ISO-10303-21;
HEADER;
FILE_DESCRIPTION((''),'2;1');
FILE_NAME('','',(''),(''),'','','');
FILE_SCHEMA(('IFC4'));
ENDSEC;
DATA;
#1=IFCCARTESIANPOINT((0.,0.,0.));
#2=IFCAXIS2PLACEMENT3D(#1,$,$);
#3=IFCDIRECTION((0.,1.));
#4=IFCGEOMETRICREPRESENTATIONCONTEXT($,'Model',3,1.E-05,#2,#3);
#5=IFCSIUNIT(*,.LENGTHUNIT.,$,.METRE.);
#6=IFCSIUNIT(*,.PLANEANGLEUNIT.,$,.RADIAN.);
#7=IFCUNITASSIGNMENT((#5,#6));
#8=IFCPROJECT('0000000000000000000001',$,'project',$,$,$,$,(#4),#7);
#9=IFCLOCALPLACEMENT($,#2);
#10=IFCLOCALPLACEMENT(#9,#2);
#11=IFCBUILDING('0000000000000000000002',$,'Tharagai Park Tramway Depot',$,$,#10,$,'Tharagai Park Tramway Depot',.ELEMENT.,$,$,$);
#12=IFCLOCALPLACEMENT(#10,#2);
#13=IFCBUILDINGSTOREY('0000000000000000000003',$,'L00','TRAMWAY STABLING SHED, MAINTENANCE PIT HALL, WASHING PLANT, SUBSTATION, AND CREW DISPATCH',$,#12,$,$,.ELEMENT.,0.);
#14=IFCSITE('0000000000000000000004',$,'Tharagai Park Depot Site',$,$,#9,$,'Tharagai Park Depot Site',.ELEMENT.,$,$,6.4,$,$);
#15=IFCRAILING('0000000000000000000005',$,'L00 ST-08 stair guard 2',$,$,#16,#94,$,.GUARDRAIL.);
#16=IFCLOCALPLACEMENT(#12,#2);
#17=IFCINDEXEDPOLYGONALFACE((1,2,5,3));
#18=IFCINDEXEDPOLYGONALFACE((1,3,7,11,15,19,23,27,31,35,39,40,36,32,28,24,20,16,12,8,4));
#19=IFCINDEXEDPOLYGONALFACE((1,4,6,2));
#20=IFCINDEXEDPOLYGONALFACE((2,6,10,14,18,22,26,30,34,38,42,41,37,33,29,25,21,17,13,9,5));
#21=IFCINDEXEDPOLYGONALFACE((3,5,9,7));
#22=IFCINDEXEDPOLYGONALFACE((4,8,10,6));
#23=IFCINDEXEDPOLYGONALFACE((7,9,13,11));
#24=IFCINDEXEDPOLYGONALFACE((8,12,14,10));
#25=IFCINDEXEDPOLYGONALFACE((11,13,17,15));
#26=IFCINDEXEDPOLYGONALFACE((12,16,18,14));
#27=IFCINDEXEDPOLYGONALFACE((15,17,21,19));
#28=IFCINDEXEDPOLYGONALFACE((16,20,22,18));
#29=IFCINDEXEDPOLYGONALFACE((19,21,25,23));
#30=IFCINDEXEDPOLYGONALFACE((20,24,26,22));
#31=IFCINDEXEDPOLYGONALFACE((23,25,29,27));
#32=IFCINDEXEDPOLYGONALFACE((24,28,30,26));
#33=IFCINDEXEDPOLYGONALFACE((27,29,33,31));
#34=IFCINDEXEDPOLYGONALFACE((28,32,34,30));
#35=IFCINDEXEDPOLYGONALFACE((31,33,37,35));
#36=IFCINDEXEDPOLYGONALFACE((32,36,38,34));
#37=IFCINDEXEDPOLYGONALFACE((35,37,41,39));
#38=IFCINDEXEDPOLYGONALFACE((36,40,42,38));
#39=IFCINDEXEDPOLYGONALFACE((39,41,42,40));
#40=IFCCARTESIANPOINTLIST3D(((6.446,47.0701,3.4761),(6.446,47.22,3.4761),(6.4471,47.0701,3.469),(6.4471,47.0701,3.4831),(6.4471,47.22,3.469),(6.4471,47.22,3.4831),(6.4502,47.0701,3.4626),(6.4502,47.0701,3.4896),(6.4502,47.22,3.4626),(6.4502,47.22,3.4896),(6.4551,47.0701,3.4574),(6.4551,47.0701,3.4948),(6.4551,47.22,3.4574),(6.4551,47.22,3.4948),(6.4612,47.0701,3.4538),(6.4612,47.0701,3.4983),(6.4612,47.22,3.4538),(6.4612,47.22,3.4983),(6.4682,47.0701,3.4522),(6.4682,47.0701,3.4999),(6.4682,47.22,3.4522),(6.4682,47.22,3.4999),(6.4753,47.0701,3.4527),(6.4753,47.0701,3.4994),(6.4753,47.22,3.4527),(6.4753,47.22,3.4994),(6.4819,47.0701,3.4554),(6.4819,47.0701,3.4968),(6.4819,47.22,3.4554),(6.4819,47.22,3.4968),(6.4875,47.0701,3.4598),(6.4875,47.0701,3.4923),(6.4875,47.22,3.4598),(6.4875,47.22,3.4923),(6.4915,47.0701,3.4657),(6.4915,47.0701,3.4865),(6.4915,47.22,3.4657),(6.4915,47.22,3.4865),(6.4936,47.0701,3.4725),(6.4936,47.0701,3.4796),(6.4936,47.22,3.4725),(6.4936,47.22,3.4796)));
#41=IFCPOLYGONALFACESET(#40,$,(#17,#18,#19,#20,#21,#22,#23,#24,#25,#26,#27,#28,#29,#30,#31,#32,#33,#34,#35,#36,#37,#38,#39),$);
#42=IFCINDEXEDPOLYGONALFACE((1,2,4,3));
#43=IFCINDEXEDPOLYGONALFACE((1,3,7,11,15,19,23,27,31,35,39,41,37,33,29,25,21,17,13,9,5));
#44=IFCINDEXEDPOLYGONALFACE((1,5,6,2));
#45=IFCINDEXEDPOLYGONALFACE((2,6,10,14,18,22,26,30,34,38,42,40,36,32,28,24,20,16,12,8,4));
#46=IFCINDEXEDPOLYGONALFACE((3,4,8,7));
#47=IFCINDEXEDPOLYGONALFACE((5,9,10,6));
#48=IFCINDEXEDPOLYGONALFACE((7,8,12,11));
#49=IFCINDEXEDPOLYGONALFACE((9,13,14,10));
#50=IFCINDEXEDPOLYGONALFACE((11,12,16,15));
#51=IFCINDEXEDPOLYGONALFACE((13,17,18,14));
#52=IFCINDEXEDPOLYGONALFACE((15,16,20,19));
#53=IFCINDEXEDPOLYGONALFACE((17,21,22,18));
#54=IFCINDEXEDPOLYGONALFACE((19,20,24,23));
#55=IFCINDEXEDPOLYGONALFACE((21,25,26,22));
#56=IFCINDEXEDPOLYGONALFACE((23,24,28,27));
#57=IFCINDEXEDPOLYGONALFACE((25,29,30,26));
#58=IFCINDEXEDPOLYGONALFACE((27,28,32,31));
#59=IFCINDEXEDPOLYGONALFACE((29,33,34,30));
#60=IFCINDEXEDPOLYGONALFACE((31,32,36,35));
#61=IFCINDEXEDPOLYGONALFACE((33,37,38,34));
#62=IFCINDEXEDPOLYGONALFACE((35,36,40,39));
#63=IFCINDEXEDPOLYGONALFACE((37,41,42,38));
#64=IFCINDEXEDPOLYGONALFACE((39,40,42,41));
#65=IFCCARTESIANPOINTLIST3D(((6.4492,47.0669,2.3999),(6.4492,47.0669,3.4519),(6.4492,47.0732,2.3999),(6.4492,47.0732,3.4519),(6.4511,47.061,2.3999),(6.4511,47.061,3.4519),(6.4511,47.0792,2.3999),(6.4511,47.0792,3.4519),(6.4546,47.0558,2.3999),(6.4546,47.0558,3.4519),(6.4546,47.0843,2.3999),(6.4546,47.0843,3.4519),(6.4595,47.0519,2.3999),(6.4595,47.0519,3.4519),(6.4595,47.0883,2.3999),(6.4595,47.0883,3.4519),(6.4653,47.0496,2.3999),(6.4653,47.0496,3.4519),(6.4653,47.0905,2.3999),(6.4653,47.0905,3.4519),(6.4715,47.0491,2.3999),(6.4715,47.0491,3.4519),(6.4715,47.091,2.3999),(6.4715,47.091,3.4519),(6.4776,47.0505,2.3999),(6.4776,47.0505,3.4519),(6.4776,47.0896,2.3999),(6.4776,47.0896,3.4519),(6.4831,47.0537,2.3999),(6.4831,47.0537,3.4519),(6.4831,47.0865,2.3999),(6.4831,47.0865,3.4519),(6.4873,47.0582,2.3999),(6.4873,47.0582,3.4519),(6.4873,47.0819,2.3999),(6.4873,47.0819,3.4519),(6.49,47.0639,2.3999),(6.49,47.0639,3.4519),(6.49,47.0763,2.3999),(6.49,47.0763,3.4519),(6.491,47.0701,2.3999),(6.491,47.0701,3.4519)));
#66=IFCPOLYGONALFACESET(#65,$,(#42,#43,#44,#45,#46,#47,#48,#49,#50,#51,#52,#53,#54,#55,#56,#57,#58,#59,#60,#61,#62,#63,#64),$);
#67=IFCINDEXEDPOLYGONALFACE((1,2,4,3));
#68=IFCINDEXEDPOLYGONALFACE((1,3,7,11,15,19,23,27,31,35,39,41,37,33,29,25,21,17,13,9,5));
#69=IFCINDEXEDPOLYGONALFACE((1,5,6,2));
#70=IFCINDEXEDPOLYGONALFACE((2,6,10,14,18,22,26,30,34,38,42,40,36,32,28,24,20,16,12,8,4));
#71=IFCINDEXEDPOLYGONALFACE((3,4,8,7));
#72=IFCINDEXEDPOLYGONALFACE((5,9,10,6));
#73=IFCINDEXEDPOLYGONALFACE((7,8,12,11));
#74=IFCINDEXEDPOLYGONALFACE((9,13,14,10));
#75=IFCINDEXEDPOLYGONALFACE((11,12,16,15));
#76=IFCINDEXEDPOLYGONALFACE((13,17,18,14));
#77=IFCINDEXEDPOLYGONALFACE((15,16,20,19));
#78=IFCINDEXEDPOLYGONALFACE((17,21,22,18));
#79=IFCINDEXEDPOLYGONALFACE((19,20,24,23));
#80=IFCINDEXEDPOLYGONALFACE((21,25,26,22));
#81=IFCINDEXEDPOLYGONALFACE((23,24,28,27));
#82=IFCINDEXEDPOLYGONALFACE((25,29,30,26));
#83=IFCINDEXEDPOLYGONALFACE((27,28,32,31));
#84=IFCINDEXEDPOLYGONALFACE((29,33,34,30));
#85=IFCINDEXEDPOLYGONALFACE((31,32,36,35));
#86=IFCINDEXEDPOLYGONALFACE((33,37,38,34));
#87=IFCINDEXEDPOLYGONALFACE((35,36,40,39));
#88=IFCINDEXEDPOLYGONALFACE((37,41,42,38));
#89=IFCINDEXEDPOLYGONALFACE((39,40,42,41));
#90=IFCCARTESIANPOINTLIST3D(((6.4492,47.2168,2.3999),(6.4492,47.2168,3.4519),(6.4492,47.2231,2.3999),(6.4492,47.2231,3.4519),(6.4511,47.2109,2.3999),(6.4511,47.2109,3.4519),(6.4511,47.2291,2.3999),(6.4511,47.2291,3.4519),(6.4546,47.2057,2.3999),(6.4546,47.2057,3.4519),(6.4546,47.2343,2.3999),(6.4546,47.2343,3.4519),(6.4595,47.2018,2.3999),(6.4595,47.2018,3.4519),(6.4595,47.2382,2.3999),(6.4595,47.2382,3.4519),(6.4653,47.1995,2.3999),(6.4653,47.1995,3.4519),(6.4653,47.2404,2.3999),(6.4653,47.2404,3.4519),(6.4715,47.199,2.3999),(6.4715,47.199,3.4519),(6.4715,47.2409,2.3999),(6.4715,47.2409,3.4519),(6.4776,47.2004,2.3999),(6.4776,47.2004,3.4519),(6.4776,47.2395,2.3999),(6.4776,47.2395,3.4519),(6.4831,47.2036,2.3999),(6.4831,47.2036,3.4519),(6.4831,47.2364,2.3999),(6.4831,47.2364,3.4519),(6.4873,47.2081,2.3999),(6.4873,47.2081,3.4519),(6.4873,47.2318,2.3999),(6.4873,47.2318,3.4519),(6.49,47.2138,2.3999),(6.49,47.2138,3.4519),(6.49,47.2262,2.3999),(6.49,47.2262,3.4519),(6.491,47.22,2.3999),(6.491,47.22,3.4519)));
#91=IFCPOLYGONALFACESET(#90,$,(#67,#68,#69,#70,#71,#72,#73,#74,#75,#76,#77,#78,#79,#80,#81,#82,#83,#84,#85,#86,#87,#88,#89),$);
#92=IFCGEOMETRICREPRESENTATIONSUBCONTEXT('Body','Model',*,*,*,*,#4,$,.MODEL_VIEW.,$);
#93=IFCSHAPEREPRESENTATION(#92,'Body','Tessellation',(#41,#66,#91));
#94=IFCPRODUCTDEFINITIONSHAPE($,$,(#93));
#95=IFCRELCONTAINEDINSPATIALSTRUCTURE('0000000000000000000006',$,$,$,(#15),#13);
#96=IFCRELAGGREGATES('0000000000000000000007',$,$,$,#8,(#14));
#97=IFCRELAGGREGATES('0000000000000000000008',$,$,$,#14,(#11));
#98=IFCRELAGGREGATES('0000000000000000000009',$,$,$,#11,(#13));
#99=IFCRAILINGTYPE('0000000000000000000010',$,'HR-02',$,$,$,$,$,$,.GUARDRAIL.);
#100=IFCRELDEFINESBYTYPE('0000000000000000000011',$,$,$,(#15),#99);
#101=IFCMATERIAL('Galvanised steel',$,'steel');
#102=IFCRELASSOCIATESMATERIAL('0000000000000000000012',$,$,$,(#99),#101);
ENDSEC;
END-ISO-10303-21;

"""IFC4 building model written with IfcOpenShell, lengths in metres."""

from ifc_helpers import new_model, si_unit, direction, frame, origin, origin_2d, place, context, subcontext, project, spatial, circle, extrude, material, type_object, element, save


model = new_model("IFC4")

# Units and contexts
model_context = context("Model", 3, precision=1e-05, world=origin(), true_north=direction((0.0, 1.0)))
body_context = subcontext(model_context, "Body", "Model", "MODEL_VIEW")
ifc_project = project(units=[si_unit("LENGTHUNIT", "METRE"), si_unit("PLANEANGLEUNIT", "RADIAN")], contexts=[model_context])

# Site, building, storey
site_placement = place(None, origin())
site = spatial("IfcSite", under=ifc_project, at=site_placement, Name="Tharagai Park Depot Site", LongName="Tharagai Park Depot Site", CompositionType="ELEMENT", RefElevation=6.4)
building_placement = place(site_placement, origin())
building = spatial("IfcBuilding", under=site, at=building_placement, Name="Tharagai Park Tramway Depot", LongName="Tharagai Park Tramway Depot", CompositionType="ELEMENT")
storey_placement = place(building_placement, origin())
storey = spatial("IfcBuildingStorey", under=building, at=storey_placement, Name="L00", Description="TRAMWAY STABLING SHED, MAINTENANCE PIT HALL, WASHING PLANT, SUBSTATION, AND CREW DISPATCH", CompositionType="ELEMENT", Elevation=0.0)

# Shared definitions
ifc_material_1 = material(Name="Galvanised steel", Category="steel")

# Railing
railing_type_1 = type_object("IfcRailingType", Name="HR-02", PredefinedType="GUARDRAIL", material=ifc_material_1)
railing_1_placement = place(storey_placement, frame((6.47, 47.0701, 2.3999)))
element("IfcRailing", 1, at=railing_1_placement, inside=storey, type_object=railing_type_1, Name="L00 ST-08 stair guard 2", PredefinedType="GUARDRAIL", context=body_context, shape_type="SweptSolid", body=[
    extrude(circle(Radius=0.0239, at=origin_2d()), frame((0.0, 0.0, 1.0762), z_axis=(0.0, 1.0, 0.0), x_axis=(-1.0, 0.0, 0.0)), (0.0, 0.0, 1.0), 0.1499),
    extrude(circle(Radius=0.021, at=origin_2d()), origin(), (0.0, 0.0, 1.0), 1.052),
    extrude(circle(Radius=0.021, at=origin_2d()), frame((0.0, 0.1499, 0.0)), (0.0, 0.0, 1.0), 1.052),
])

save(model, "model.ifc")
